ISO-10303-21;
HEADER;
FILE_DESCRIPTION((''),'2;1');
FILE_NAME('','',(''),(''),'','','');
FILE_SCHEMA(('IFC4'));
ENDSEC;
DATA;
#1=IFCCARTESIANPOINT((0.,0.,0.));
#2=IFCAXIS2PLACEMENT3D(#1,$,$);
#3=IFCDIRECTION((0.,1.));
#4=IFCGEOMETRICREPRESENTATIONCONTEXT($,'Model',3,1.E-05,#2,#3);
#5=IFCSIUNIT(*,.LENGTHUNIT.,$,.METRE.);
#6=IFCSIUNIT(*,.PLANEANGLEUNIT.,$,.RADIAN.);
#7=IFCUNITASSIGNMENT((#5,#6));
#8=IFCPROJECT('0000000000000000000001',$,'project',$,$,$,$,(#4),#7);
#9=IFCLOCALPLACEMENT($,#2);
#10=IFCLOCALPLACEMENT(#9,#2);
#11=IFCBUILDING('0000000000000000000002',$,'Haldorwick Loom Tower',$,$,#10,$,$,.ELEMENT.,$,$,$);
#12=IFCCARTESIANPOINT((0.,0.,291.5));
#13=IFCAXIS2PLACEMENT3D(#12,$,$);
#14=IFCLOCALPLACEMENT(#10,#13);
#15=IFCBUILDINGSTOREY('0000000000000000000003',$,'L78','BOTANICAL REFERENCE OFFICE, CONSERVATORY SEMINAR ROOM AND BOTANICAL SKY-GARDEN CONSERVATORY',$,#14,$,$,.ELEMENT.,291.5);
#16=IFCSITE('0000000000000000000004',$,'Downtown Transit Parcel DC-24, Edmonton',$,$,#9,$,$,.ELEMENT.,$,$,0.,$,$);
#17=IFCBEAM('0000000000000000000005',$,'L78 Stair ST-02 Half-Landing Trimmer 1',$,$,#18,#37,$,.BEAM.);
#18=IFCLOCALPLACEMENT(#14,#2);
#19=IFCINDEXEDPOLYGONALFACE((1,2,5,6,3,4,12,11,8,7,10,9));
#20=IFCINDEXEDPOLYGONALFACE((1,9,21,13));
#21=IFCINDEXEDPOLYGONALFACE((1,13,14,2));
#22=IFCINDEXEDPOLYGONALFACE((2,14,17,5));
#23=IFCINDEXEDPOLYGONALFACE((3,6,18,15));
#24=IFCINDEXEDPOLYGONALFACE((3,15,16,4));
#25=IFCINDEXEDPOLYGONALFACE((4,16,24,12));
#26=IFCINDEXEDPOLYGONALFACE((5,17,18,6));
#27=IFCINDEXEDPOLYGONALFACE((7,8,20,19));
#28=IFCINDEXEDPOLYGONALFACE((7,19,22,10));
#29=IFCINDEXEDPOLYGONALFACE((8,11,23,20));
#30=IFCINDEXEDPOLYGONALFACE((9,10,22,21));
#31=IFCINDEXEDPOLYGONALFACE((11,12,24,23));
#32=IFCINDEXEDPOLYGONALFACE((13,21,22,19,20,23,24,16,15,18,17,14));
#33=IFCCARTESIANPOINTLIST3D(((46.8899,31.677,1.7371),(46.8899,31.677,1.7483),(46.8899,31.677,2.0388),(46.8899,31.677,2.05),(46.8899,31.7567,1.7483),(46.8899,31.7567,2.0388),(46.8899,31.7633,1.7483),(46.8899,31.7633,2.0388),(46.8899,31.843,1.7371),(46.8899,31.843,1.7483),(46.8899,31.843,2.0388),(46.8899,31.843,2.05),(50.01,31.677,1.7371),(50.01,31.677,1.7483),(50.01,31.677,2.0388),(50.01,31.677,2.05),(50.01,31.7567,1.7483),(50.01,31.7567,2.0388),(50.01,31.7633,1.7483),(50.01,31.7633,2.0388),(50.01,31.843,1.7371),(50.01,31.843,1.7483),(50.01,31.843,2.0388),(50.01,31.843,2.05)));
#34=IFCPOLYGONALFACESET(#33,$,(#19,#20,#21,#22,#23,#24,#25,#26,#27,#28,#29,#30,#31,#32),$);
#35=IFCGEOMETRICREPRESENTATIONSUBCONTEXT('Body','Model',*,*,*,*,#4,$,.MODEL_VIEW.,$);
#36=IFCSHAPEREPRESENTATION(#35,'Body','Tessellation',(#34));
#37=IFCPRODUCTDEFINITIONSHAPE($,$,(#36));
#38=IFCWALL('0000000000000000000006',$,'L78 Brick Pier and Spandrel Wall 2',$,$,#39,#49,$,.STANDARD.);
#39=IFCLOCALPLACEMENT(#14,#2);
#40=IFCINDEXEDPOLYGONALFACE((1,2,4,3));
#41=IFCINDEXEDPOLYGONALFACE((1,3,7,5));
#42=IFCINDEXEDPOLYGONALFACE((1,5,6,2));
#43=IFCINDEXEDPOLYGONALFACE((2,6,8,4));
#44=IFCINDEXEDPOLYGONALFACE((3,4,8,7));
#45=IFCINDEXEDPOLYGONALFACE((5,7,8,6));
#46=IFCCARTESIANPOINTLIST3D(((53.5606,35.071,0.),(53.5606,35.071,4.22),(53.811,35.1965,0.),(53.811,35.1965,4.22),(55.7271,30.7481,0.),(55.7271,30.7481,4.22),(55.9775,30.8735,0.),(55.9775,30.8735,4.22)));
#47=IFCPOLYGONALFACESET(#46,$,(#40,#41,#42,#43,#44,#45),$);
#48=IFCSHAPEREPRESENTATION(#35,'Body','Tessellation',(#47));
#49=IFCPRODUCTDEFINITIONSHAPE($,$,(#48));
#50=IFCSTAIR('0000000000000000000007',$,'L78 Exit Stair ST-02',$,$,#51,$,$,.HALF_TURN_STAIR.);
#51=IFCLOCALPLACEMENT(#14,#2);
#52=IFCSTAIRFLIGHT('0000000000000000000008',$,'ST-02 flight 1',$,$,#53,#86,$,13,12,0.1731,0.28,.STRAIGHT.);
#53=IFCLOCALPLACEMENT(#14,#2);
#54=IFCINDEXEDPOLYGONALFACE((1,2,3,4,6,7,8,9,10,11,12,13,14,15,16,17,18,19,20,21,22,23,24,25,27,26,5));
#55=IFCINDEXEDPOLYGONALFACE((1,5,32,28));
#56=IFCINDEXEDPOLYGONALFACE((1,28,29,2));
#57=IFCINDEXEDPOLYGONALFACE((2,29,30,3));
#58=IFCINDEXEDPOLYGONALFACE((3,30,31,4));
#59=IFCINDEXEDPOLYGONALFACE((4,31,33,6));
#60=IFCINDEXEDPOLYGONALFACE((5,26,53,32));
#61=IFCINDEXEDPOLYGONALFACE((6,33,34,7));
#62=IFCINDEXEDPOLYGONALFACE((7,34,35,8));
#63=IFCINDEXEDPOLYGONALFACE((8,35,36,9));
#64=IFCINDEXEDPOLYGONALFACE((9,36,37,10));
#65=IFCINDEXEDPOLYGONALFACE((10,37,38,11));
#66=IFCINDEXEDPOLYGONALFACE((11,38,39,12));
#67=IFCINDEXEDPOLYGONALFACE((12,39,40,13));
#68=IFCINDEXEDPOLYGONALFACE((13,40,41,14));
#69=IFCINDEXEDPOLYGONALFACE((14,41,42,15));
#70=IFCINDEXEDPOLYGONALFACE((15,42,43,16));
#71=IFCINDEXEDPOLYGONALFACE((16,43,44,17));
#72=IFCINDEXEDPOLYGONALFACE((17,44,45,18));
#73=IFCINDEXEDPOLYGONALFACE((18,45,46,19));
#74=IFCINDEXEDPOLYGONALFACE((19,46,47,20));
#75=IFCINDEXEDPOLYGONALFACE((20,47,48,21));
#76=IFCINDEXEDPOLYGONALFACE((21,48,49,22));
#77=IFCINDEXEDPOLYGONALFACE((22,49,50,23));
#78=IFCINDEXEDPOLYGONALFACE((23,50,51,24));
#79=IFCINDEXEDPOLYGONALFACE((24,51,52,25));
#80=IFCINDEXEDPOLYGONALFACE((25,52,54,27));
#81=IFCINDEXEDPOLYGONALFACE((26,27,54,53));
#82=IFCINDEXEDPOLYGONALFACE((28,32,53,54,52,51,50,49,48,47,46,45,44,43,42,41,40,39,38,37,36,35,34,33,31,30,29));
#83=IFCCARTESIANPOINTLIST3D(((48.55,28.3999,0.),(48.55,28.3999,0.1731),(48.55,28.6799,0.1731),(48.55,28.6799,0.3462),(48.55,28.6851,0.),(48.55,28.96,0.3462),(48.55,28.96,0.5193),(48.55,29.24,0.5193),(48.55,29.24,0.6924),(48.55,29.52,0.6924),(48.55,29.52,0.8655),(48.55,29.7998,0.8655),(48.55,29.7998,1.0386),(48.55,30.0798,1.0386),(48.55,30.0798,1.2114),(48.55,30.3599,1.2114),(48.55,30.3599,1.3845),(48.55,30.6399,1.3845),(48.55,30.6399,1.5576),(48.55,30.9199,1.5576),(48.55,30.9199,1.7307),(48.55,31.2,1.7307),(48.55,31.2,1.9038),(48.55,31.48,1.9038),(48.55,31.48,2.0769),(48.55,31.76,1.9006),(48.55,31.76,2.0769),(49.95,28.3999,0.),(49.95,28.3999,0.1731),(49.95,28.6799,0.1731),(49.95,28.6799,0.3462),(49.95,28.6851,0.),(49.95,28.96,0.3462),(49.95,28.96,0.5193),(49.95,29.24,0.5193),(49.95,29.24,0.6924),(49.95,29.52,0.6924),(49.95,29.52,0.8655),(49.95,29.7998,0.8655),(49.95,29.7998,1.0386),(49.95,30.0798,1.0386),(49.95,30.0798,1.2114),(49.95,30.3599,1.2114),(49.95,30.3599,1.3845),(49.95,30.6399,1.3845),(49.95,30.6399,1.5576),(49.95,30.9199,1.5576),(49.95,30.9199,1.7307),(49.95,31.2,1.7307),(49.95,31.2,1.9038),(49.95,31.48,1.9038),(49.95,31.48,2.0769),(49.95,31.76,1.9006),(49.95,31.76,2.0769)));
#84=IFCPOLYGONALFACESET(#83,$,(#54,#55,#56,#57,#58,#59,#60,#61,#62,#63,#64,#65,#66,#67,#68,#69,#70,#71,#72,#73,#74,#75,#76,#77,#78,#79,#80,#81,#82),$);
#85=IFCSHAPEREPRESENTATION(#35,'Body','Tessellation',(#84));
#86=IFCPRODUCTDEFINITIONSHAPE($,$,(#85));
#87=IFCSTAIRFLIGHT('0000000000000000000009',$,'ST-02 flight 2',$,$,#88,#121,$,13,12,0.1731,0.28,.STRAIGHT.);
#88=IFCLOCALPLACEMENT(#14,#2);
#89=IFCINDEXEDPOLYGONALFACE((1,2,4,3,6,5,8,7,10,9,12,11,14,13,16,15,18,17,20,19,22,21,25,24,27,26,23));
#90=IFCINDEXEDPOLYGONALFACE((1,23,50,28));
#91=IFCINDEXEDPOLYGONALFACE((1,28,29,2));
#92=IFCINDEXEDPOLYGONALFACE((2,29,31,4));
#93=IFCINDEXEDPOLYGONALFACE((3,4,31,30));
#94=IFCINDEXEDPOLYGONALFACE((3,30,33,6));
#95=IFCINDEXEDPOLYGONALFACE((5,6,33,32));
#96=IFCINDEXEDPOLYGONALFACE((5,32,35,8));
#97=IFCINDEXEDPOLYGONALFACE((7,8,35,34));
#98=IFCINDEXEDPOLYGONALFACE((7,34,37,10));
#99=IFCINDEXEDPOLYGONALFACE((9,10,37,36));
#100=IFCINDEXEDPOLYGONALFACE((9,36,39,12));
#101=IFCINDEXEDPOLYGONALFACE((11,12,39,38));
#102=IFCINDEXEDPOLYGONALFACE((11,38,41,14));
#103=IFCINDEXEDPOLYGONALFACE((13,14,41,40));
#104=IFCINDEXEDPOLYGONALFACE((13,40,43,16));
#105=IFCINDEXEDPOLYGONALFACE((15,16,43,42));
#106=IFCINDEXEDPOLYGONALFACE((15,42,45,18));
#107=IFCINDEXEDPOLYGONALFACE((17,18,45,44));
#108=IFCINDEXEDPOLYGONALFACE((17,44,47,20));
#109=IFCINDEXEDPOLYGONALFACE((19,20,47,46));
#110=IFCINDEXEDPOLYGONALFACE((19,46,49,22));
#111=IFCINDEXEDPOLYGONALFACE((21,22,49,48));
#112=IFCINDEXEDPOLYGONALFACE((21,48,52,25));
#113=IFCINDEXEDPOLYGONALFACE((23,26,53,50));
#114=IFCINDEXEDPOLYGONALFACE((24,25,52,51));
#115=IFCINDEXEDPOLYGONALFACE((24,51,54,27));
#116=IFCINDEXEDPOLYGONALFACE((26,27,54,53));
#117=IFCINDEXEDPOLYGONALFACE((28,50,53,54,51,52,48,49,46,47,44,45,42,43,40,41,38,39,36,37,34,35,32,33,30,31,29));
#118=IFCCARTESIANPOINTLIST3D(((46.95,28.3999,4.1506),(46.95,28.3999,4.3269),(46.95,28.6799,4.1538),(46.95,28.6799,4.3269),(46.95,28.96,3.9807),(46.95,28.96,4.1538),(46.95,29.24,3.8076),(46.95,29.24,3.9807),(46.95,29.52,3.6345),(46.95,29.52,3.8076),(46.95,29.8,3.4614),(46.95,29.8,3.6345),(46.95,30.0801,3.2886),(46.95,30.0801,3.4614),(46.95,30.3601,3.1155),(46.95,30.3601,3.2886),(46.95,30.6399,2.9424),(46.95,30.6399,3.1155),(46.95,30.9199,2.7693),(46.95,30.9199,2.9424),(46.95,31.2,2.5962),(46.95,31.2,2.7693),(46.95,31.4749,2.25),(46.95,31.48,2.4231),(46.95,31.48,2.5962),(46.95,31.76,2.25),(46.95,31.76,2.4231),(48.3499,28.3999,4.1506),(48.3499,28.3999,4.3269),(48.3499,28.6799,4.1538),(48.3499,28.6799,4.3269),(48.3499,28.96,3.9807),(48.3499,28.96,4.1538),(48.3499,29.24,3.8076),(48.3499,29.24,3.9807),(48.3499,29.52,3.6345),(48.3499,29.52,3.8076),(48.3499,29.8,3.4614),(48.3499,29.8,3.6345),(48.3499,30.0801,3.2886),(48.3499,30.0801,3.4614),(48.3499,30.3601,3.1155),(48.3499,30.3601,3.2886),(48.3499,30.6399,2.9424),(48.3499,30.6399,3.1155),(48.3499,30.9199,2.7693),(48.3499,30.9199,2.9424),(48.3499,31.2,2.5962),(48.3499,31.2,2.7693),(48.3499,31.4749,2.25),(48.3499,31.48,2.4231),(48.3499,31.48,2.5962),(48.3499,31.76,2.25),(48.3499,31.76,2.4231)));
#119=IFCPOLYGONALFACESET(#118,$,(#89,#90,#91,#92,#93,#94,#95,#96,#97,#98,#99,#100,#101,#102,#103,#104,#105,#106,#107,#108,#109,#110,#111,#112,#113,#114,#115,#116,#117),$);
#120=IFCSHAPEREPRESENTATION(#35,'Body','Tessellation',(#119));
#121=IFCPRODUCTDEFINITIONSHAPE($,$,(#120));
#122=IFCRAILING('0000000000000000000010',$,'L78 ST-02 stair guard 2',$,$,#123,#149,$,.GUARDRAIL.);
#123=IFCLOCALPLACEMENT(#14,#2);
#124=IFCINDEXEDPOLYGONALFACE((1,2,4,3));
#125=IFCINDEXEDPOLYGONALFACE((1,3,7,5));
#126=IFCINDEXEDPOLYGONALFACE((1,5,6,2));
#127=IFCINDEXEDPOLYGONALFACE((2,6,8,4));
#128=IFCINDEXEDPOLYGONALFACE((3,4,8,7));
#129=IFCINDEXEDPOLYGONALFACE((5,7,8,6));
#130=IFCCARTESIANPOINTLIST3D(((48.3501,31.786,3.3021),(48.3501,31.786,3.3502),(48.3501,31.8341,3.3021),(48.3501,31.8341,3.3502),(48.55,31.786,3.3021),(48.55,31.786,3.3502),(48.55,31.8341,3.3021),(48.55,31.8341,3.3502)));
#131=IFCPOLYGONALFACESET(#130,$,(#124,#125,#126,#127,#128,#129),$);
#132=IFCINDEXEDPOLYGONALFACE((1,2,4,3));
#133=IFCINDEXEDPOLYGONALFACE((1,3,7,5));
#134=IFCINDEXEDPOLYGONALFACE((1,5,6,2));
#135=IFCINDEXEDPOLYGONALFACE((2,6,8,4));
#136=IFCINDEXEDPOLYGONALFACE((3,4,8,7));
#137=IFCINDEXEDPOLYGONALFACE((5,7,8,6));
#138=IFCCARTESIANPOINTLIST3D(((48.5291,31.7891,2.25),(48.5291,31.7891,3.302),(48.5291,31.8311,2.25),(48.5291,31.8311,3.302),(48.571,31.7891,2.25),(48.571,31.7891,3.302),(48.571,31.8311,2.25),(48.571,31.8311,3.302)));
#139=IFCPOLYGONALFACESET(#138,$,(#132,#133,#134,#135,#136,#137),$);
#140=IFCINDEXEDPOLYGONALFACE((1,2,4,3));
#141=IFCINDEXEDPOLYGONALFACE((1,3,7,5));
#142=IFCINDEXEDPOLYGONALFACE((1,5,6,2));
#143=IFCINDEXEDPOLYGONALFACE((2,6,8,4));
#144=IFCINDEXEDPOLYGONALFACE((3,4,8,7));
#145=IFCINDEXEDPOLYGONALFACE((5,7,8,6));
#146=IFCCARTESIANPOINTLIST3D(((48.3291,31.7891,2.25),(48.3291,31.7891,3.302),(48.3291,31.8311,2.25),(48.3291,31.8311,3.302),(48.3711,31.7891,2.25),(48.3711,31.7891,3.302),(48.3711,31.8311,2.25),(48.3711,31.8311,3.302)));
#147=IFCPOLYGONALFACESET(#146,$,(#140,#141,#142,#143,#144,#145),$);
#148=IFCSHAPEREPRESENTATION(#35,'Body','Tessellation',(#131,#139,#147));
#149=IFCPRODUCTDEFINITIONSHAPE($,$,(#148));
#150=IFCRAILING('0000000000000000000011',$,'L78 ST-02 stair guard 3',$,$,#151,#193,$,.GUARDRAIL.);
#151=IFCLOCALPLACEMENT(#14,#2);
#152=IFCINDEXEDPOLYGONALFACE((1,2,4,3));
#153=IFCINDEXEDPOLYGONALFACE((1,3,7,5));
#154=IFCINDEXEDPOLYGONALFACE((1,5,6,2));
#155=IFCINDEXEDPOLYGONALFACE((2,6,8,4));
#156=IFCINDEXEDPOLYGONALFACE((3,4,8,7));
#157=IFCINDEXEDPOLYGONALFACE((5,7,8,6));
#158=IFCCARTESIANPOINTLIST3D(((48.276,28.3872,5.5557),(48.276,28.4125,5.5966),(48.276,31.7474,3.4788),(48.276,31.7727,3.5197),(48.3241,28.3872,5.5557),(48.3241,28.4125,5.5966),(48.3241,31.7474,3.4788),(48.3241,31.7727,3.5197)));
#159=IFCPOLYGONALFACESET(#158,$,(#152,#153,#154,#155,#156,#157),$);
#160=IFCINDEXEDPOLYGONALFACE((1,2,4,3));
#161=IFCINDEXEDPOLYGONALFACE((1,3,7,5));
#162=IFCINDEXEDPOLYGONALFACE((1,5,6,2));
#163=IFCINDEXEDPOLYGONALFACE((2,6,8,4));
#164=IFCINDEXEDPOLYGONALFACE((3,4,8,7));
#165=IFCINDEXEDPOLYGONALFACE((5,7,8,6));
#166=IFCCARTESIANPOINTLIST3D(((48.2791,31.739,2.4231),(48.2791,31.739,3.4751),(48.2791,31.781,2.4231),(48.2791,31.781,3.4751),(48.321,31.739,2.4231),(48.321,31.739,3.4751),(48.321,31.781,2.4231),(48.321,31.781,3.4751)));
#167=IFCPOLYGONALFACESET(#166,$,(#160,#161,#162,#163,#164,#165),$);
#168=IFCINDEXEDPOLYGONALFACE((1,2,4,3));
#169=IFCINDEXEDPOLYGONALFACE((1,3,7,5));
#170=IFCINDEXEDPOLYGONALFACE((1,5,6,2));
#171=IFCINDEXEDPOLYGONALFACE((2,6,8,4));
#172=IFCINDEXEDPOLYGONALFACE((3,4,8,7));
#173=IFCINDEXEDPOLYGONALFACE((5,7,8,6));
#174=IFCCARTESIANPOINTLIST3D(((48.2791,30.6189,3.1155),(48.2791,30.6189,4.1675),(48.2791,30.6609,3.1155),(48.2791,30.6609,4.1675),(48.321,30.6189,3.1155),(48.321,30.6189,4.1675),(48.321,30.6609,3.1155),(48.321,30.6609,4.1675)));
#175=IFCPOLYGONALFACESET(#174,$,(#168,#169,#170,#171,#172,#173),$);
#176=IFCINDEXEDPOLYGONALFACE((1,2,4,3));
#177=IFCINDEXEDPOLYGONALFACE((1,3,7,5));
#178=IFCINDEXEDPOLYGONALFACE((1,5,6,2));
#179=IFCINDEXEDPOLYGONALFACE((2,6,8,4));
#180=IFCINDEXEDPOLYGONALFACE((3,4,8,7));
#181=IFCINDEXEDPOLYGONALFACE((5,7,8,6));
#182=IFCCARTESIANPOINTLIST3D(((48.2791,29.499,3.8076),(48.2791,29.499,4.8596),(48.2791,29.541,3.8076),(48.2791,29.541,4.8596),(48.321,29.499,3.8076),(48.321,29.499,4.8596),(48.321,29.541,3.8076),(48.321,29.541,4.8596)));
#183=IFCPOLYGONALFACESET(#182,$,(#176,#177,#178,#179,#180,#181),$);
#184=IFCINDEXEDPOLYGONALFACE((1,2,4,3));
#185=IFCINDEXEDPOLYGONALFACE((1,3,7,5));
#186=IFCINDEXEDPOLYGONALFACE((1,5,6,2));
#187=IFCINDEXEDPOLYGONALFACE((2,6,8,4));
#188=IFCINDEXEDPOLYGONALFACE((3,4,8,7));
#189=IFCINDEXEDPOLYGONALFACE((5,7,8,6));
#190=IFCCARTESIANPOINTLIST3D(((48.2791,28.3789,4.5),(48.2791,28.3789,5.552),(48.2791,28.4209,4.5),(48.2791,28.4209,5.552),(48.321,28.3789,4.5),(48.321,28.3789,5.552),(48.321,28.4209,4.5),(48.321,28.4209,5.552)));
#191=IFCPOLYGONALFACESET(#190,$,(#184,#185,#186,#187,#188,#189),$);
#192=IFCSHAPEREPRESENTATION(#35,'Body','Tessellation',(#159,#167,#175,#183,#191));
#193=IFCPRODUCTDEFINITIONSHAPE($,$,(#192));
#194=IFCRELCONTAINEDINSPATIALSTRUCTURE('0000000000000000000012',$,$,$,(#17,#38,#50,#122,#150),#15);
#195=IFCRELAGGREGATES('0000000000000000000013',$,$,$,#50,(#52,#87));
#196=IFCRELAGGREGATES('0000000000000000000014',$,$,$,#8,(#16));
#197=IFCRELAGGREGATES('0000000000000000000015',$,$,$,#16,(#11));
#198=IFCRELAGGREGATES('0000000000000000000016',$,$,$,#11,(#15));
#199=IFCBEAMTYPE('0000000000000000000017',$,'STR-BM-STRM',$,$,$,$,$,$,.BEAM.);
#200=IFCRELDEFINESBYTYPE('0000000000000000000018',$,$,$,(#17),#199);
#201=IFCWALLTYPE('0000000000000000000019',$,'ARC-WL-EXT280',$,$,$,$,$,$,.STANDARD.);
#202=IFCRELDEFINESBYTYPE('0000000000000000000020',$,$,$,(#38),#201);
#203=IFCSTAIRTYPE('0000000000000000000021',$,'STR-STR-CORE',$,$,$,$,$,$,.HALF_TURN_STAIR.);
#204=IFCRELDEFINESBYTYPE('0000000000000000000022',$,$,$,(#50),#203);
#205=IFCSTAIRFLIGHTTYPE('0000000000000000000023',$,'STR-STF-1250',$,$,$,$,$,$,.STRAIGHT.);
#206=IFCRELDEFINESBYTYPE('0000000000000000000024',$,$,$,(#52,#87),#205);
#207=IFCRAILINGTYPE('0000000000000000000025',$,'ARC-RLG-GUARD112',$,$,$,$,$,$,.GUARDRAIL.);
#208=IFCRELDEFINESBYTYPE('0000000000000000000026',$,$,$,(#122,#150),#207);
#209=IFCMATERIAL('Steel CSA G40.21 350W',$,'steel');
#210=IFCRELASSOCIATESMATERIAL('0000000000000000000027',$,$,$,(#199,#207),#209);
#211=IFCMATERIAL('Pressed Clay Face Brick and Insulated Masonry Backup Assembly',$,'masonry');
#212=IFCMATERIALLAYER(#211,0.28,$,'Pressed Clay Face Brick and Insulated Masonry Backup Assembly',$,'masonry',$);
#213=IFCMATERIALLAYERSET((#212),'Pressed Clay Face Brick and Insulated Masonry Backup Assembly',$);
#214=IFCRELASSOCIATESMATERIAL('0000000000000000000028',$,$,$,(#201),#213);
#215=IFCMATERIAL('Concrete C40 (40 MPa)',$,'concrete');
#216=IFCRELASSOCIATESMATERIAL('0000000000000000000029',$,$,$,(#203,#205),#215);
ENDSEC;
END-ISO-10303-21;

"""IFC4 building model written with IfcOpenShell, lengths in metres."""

from ifc_helpers import new_model, si_unit, direction, frame, frame_2d, origin, origin_2d, place, context, subcontext, project, spatial, polyline, rectangle, i_section, outline, extrude, material, layer, layer_set, material_profile, profile_set, type_object, element, aggregate, save


model = new_model("IFC4")

# Units and contexts
model_context = context("Model", 3, precision=1e-05, world=origin(), true_north=direction((0.0, 1.0)))
body_context = subcontext(model_context, "Body", "Model", "MODEL_VIEW")
ifc_project = project(units=[si_unit("LENGTHUNIT", "METRE"), si_unit("PLANEANGLEUNIT", "RADIAN")], contexts=[model_context])

# Site, building, storey
site_placement = place(None, origin())
site = spatial("IfcSite", under=ifc_project, at=site_placement, Name="Downtown Transit Parcel DC-24, Edmonton", CompositionType="ELEMENT", RefElevation=0.0)
building_placement = place(site_placement, origin())
building = spatial("IfcBuilding", under=site, at=building_placement, Name="Haldorwick Loom Tower", CompositionType="ELEMENT")
storey_placement = place(building_placement, frame((0.0, 0.0, 291.5)))
storey = spatial("IfcBuildingStorey", under=building, at=storey_placement, Name="L78", Description="BOTANICAL REFERENCE OFFICE, CONSERVATORY SEMINAR ROOM AND BOTANICAL SKY-GARDEN CONSERVATORY", CompositionType="ELEMENT", Elevation=291.5)

# Shared definitions
ifc_material_1 = material(Name="Steel CSA G40.21 350W", Category="steel")

# Beam
ifc_material_profile_1 = material_profile(ifc_material_1, i_section(OverallWidth=0.166, OverallDepth=0.313, WebThickness=0.0066, FlangeThickness=0.0112, at=origin_2d()), Name="W310X45", Category="steel")
ifc_profile_set_1 = profile_set([ifc_material_profile_1], Name="Steel CSA G40.21 350W")
beam_type_1 = type_object("IfcBeamType", Name="STR-BM-STRM", PredefinedType="BEAM", material=ifc_profile_set_1)
beam_1_placement = place(storey_placement, frame((46.8899, 31.76, 1.8936), z_axis=(1.0, 0.0, 0.0), x_axis=(0.0, 1.0, 0.0)))
element("IfcBeam", 1, at=beam_1_placement, inside=storey, type_object=beam_type_1, Name="L78 Stair ST-02 Half-Landing Trimmer 1", PredefinedType="BEAM", context=body_context, shape_type="SweptSolid", body=[
    extrude(i_section(OverallWidth=0.166, OverallDepth=0.313, WebThickness=0.0066, FlangeThickness=0.0112, at=origin_2d()), origin(), (0.0, 0.0, 1.0), 3.1201),
])

# Wall
ifc_material_2 = material(Name="Pressed Clay Face Brick and Insulated Masonry Backup Assembly", Category="masonry")
ifc_layer = layer(ifc_material_2, 0.28, Name="Pressed Clay Face Brick and Insulated Masonry Backup Assembly", Category="masonry")
ifc_layer_set = layer_set([ifc_layer], Name="Pressed Clay Face Brick and Insulated Masonry Backup Assembly")
wall_type = type_object("IfcWallType", Name="ARC-WL-EXT280", PredefinedType="STANDARD", material=ifc_layer_set)
wall_placement = place(storey_placement, frame((55.8523, 30.8108, 0.0), z_axis=(0.0, 0.0, 1.0), x_axis=(-0.448041, 0.894013, 0.0)))
element("IfcWall", 2, at=wall_placement, inside=storey, type_object=wall_type, Name="L78 Brick Pier and Spandrel Wall 2", PredefinedType="STANDARD", context=body_context, shape_type="SweptSolid", body=[
    extrude(rectangle(XDim=4.8354, YDim=0.28, at=frame_2d((2.4177, 0.0))), origin(), (0.0, 0.0, 1.0), 4.22),
])

# Stair, stair flights
ifc_material_3 = material(Name="Concrete C40 (40 MPa)", Category="concrete")
stair_type = type_object("IfcStairType", Name="STR-STR-CORE", PredefinedType="HALF_TURN_STAIR", material=ifc_material_3)
stair_placement = place(storey_placement, origin())
stair = element("IfcStair", 3, at=stair_placement, inside=storey, type_object=stair_type, Name="L78 Exit Stair ST-02", PredefinedType="HALF_TURN_STAIR")
stair_flight_type = type_object("IfcStairFlightType", Name="STR-STF-1250", PredefinedType="STRAIGHT", material=ifc_material_3)
stair_flight_1_placement = place(storey_placement, frame((49.25, 28.3999, 0.0), z_axis=(0.0, 0.0, 1.0), x_axis=(0.0, 1.0, 0.0)))
stair_flight_1 = element("IfcStairFlight", 4, at=stair_flight_1_placement, type_object=stair_flight_type, Name="ST-02 flight 1", NumberOfRisers=13, NumberOfTreads=12, PredefinedType="STRAIGHT", RiserHeight=0.1731, TreadLength=0.28, context=body_context, shape_type="SweptSolid", body=[
    extrude(outline(polyline([(0.0, 0.0), (0.0, 0.1731), (0.28, 0.1731), (0.28, 0.3462), (0.5601, 0.3462), (0.5601, 0.5193), (0.8401, 0.5193), (0.8401, 0.6924), (1.1201, 0.6924), (1.1201, 0.8655), (1.3999, 0.8655), (1.3999, 1.0386), (1.6799, 1.0386), (1.6799, 1.2114), (1.96, 1.2114), (1.96, 1.3845), (2.24, 1.3845), (2.24, 1.5576), (2.52, 1.5576), (2.52, 1.7307), (2.8, 1.7307), (2.8, 1.9038), (3.0801, 1.9038), (3.0801, 2.0769), (3.3601, 2.0769), (3.3601, 2.25), (3.3601, 1.9006), (0.2852, 0.0), (0.0, 0.0)])), frame((0.0, 0.7, 0.0), z_axis=(0.0, -1.0, 0.0), x_axis=(1.0, 0.0, 0.0)), (0.0, 0.0, 1.0), 1.3999),
])
stair_flight_2_placement = place(storey_placement, frame((47.6499, 31.76, 2.25), z_axis=(0.0, 0.0, 1.0), x_axis=(0.0, -1.0, 0.0)))
stair_flight_2 = element("IfcStairFlight", 5, at=stair_flight_2_placement, type_object=stair_flight_type, Name="ST-02 flight 2", NumberOfRisers=13, NumberOfTreads=12, PredefinedType="STRAIGHT", RiserHeight=0.1731, TreadLength=0.28, context=body_context, shape_type="SweptSolid", body=[
    extrude(outline(polyline([(0.0, 0.0), (0.0, 0.1731), (0.28, 0.1731), (0.28, 0.3462), (0.5601, 0.3462), (0.5601, 0.5193), (0.8401, 0.5193), (0.8401, 0.6924), (1.1201, 0.6924), (1.1201, 0.8655), (1.3999, 0.8655), (1.3999, 1.0386), (1.6799, 1.0386), (1.6799, 1.2114), (1.96, 1.2114), (1.96, 1.3845), (2.24, 1.3845), (2.24, 1.5576), (2.52, 1.5576), (2.52, 1.7307), (2.8, 1.7307), (2.8, 1.9038), (3.0801, 1.9038), (3.0801, 2.0769), (3.3601, 2.0769), (3.3601, 2.25), (3.3601, 1.9006), (0.2852, 0.0), (0.0, 0.0)])), frame((0.0, 0.7, 0.0), z_axis=(0.0, -1.0, 0.0), x_axis=(1.0, 0.0, 0.0)), (0.0, 0.0, 1.0), 1.3999),
])
aggregate(stair, [stair_flight_1, stair_flight_2])

# Railings
railing_type_1 = type_object("IfcRailingType", Name="ARC-RLG-GUARD112", PredefinedType="GUARDRAIL", material=ifc_material_1)
railing_1_placement = place(storey_placement, frame((48.55, 31.8101, 2.25)))
element("IfcRailing", 6, at=railing_1_placement, inside=storey, type_object=railing_type_1, Name="L78 ST-02 stair guard 2", PredefinedType="GUARDRAIL", context=body_context, shape_type="SweptSolid", body=[
    extrude(rectangle(XDim=0.0481, YDim=0.0481, at=origin_2d()), frame((0.0, 0.0, 1.0762), z_axis=(-1.0, 0.0, 0.0), x_axis=(0.0, -1.0, 0.0)), (0.0, 0.0, 1.0), 0.2),
    extrude(rectangle(XDim=0.042, YDim=0.042, at=origin_2d()), origin(), (0.0, 0.0, 1.0), 1.052),
    extrude(rectangle(XDim=0.042, YDim=0.042, at=origin_2d()), frame((-0.2, 0.0, 0.0)), (0.0, 0.0, 1.0), 1.052),
])
railing_2_placement = place(storey_placement, frame((48.3, 31.76, 2.4231)))
element("IfcRailing", 7, at=railing_2_placement, inside=storey, type_object=railing_type_1, Name="L78 ST-02 stair guard 3", PredefinedType="GUARDRAIL", context=body_context, shape_type="SweptSolid", body=[
    extrude(rectangle(XDim=0.0481, YDim=0.0481, at=origin_2d()), frame((0.0, 0.0, 1.0762), z_axis=(0.0, -0.850623, 0.525776), x_axis=(1.0, 0.0, 0.0)), (0.0, 0.0, 1.0), 3.9502),
    extrude(rectangle(XDim=0.042, YDim=0.042, at=origin_2d()), origin(), (0.0, 0.0, 1.0), 1.052),
    extrude(rectangle(XDim=0.042, YDim=0.042, at=origin_2d()), frame((0.0, -1.1201, 0.6924)), (0.0, 0.0, 1.0), 1.052),
    extrude(rectangle(XDim=0.042, YDim=0.042, at=origin_2d()), frame((0.0, -2.24, 1.3845)), (0.0, 0.0, 1.0), 1.052),
    extrude(rectangle(XDim=0.042, YDim=0.042, at=origin_2d()), frame((0.0, -3.3601, 2.0769)), (0.0, 0.0, 1.0), 1.052),
])

save(model, "model.ifc")
